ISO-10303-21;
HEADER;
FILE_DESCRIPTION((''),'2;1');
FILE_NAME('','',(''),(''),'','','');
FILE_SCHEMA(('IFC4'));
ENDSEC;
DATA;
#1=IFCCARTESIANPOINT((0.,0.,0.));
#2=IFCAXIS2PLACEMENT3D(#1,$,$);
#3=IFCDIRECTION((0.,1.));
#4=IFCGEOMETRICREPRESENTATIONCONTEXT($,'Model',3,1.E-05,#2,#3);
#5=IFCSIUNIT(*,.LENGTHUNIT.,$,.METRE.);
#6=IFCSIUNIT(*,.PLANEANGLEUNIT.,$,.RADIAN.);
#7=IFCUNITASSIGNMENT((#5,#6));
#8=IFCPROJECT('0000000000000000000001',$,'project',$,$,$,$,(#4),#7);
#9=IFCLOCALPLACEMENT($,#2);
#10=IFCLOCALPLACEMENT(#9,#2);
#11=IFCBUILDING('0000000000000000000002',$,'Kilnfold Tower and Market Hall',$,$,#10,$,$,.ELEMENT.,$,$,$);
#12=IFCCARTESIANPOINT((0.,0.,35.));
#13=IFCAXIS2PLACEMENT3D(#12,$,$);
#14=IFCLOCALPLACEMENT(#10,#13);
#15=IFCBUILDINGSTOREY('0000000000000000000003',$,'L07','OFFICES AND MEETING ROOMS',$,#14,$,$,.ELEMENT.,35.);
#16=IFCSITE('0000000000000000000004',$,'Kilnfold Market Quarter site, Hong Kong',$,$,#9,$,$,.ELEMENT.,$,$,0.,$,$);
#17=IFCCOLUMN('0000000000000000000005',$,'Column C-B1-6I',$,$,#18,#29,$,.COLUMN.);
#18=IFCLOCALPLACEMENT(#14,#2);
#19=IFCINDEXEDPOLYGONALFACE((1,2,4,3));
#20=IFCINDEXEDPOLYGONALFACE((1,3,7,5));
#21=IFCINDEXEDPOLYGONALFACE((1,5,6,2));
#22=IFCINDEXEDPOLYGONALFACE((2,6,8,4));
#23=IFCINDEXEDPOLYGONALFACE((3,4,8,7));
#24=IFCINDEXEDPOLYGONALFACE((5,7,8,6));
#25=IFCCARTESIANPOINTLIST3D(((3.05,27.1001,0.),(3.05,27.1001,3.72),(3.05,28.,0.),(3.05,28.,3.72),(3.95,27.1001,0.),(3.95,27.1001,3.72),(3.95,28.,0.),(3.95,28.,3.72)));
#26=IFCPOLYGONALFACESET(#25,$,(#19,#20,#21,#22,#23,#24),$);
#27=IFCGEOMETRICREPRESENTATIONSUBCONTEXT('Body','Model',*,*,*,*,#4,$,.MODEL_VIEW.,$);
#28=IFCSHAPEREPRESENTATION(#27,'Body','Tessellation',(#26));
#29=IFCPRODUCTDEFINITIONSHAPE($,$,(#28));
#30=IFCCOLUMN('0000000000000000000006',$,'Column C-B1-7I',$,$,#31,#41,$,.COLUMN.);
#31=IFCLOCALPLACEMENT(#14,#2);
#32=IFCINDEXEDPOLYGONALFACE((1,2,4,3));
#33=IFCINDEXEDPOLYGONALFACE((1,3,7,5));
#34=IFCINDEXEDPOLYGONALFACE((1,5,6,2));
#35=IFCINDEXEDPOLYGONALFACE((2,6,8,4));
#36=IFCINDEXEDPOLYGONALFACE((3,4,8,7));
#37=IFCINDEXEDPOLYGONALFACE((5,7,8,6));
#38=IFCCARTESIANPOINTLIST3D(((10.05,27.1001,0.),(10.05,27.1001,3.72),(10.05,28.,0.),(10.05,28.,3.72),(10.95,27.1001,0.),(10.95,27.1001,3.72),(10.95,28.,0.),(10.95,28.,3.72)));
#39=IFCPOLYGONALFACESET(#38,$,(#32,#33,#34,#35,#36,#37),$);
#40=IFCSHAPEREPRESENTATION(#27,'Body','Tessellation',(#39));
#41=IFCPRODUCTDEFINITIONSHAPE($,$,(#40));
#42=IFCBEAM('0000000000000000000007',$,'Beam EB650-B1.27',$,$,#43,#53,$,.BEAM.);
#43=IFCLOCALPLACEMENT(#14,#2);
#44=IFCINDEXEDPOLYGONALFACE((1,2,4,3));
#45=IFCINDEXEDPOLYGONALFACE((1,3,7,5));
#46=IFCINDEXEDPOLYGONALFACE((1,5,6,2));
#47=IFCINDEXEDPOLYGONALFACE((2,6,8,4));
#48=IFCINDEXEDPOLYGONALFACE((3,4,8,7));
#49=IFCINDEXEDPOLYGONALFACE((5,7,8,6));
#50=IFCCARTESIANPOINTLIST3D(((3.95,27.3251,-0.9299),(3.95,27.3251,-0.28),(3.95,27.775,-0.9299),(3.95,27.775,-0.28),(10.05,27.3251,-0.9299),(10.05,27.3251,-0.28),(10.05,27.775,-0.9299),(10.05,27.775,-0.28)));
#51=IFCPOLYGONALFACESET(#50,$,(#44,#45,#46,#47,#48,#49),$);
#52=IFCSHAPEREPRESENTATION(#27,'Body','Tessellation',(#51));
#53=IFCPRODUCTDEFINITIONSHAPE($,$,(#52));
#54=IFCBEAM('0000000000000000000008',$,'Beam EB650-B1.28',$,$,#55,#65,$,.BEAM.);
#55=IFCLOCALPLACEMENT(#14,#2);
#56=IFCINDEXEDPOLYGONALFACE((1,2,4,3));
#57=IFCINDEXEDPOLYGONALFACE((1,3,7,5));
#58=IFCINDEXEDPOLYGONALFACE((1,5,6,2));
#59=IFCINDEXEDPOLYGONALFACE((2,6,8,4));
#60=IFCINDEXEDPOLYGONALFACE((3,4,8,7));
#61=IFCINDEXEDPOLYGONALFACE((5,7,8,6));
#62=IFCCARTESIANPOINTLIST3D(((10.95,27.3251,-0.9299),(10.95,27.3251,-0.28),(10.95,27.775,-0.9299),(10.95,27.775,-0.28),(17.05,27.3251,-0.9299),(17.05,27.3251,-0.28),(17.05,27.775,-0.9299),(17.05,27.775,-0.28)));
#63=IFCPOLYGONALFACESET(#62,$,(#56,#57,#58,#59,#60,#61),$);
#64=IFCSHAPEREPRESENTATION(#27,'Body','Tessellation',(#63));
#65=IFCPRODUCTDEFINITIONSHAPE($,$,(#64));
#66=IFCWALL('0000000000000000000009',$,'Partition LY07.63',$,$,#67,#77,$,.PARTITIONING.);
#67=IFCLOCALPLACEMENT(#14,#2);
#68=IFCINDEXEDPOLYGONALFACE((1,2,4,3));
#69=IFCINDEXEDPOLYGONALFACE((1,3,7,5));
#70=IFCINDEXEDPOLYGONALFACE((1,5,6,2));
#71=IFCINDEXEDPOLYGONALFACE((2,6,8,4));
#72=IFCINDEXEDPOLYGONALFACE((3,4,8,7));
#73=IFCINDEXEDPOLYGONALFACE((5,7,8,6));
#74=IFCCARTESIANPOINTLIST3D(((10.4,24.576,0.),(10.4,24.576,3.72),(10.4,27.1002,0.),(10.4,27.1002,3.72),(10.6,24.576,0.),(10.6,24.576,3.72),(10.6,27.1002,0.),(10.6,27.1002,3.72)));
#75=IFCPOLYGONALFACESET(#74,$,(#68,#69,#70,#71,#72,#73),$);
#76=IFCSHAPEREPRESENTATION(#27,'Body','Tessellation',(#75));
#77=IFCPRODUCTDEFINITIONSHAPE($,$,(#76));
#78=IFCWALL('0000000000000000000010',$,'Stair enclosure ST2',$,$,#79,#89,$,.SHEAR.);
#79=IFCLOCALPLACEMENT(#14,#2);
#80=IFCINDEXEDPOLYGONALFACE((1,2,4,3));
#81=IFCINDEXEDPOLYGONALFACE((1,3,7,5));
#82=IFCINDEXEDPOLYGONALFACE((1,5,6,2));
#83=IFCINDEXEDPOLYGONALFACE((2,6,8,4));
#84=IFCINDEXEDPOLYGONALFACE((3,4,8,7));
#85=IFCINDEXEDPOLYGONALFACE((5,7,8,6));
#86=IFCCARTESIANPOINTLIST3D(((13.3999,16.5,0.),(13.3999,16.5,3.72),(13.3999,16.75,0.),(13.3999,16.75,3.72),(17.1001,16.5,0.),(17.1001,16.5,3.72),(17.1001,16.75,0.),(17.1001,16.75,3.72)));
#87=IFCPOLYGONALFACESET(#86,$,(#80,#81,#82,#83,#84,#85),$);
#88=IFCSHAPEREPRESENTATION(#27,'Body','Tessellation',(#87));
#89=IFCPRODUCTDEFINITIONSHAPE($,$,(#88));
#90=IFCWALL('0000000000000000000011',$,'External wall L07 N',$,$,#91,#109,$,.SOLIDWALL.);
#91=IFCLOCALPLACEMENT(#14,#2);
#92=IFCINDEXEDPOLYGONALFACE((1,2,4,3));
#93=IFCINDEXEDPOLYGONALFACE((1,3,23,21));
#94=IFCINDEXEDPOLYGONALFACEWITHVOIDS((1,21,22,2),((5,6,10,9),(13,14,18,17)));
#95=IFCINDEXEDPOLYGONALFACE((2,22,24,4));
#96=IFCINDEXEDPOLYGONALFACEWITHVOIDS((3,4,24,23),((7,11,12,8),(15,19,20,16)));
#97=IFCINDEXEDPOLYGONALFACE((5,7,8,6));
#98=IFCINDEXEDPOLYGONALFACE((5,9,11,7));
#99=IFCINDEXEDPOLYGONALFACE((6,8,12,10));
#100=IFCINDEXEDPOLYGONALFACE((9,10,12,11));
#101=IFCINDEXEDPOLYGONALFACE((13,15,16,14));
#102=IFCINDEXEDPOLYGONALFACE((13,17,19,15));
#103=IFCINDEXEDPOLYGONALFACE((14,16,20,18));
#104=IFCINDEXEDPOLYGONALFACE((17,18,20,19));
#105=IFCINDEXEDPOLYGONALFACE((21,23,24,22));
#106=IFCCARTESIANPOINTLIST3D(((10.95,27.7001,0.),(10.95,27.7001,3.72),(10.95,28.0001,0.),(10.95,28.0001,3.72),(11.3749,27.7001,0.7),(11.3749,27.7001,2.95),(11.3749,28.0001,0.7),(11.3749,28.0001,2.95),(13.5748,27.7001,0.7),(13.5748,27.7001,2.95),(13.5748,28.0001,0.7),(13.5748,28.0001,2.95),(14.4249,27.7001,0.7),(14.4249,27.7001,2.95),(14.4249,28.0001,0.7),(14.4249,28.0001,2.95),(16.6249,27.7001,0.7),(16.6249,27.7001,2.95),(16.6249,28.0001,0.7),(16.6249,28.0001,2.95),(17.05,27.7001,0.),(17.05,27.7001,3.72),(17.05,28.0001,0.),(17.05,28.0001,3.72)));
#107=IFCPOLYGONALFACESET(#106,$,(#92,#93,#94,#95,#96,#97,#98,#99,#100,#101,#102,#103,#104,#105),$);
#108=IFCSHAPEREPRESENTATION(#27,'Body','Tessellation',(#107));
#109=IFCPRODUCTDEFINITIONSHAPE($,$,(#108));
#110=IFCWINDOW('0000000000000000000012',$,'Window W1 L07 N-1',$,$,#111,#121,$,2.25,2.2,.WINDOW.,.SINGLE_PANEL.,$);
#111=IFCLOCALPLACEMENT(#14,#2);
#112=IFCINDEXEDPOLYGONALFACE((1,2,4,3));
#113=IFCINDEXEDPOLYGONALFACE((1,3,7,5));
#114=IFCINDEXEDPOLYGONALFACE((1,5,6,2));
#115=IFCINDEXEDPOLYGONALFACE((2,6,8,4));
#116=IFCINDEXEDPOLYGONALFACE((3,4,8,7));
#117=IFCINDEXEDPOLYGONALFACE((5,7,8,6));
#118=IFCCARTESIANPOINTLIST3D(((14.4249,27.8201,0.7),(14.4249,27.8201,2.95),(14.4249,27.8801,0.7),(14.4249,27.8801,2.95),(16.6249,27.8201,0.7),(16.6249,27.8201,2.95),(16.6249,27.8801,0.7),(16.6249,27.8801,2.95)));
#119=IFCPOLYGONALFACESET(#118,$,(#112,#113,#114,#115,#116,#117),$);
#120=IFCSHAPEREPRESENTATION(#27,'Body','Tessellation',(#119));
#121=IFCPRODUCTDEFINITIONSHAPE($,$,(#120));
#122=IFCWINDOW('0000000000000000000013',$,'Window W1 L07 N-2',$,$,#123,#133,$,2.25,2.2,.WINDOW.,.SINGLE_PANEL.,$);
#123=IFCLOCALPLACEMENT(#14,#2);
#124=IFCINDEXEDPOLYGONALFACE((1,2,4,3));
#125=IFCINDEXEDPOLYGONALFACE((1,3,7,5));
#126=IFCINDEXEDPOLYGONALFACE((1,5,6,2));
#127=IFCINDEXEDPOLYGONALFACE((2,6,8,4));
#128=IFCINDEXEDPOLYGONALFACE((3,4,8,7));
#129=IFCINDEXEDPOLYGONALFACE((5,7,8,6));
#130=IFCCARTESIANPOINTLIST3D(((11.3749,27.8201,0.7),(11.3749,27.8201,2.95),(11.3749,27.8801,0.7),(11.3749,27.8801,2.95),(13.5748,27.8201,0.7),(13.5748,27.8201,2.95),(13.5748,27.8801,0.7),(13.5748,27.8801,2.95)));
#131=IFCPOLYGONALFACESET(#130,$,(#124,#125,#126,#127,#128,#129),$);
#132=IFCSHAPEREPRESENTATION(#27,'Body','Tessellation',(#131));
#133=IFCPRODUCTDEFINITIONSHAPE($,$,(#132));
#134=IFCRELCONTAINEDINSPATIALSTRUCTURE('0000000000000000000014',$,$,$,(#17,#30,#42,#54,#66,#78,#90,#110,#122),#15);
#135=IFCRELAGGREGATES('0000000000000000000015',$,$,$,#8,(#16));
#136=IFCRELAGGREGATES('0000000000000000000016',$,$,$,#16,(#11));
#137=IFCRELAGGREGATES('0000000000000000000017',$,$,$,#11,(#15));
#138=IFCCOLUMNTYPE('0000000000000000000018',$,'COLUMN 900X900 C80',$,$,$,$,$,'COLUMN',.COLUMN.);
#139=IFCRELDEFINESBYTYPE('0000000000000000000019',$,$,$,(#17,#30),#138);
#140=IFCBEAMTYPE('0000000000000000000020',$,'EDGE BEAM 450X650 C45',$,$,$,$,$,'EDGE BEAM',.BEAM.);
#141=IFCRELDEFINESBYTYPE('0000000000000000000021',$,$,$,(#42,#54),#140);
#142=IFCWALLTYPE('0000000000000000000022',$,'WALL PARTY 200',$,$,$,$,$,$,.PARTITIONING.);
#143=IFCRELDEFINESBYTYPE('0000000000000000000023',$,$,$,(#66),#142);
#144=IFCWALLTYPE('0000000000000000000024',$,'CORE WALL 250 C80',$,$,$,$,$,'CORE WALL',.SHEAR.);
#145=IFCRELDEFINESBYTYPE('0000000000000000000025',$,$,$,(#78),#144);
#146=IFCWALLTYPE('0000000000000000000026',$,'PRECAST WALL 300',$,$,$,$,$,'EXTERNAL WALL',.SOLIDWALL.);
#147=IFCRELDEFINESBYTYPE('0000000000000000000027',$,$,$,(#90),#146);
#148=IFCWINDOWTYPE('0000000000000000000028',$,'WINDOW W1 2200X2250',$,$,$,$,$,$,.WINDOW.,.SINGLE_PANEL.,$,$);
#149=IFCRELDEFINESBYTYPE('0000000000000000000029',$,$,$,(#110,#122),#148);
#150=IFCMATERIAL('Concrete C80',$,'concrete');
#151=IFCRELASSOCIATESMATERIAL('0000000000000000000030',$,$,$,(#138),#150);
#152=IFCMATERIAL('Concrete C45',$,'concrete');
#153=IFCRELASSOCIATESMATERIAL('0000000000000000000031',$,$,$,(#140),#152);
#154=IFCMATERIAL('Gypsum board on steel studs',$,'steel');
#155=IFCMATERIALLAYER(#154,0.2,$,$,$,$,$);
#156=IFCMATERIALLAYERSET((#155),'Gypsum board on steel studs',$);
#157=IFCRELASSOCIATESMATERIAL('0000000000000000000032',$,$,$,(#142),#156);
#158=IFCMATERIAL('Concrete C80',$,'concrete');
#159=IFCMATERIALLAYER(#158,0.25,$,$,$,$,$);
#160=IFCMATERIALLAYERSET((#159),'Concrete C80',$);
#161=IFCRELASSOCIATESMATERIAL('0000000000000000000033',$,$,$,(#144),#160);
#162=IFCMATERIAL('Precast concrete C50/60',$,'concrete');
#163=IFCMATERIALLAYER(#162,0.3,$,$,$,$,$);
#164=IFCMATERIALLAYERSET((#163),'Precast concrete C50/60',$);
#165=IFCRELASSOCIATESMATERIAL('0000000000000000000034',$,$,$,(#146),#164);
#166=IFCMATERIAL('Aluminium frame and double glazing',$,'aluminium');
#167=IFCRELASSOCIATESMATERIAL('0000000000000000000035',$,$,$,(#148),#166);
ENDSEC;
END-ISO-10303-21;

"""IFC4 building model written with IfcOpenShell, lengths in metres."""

from ifc_helpers import new_model, si_unit, direction, frame, frame_2d, origin, origin_2d, place, context, subcontext, project, spatial, rectangle, extrude, source, transform, mapped, material, layer, layer_set, material_profile, profile_set, type_object, element, fill, save


model = new_model("IFC4")

# Units and contexts
model_context = context("Model", 3, precision=1e-05, world=origin(), true_north=direction((0.0, 1.0)))
body_context = subcontext(model_context, "Body", "Model", "MODEL_VIEW")
ifc_project = project(units=[si_unit("LENGTHUNIT", "METRE"), si_unit("PLANEANGLEUNIT", "RADIAN")], contexts=[model_context])

# Site, building, storey
site_placement = place(None, origin())
site = spatial("IfcSite", under=ifc_project, at=site_placement, Name="Kilnfold Market Quarter site, Hong Kong", CompositionType="ELEMENT", RefElevation=0.0)
building_placement = place(site_placement, origin())
building = spatial("IfcBuilding", under=site, at=building_placement, Name="Kilnfold Tower and Market Hall", CompositionType="ELEMENT")
storey_placement = place(building_placement, frame((0.0, 0.0, 35.0)))
storey = spatial("IfcBuildingStorey", under=building, at=storey_placement, Name="L07", Description="OFFICES AND MEETING ROOMS", CompositionType="ELEMENT", Elevation=35.0)

# Columns
ifc_material_1 = material(Name="Concrete C80", Category="concrete")
ifc_material_profile_1 = material_profile(ifc_material_1, rectangle(XDim=0.8999, YDim=0.8999, at=origin_2d()), Name="RC 900x900")
ifc_profile_set_1 = profile_set([ifc_material_profile_1], Name="Concrete C80")
column_type = type_object("IfcColumnType", Name="COLUMN 900X900 C80", ElementType="COLUMN", PredefinedType="COLUMN", material=ifc_profile_set_1)
shared_shape_1 = source(origin(), body_context, "Body", "SweptSolid", [
    extrude(rectangle(XDim=0.8999, YDim=0.8999, at=origin_2d()), origin(), (0.0, 0.0, 1.0), 3.72),
])
for number, where, z_axis, x_axis, name in (
    (1, (3.5, 27.55, 0.0), (0.0, 0.0, 1.0), (1.0, 0.0, 0.0), "Column C-B1-6I"),
    (2, (10.5, 27.55, 0.0), (0.0, 0.0, 1.0), (1.0, 0.0, 0.0), "Column C-B1-7I"),
):
    element("IfcColumn", number, at=place(storey_placement, frame(where, z_axis=z_axis, x_axis=x_axis)), inside=storey, type_object=column_type, Name=name, PredefinedType="COLUMN", context=body_context, shape_type="MappedRepresentation", body=[
        mapped(shared_shape_1, transform((0.0, 0.0, 0.0))),
    ])

# Beams
ifc_material_2 = material(Name="Concrete C45", Category="concrete")
ifc_material_profile_2 = material_profile(ifc_material_2, rectangle(XDim=0.45, YDim=0.6499, at=origin_2d()), Name="RC 450x650")
ifc_profile_set_2 = profile_set([ifc_material_profile_2], Name="Concrete C45")
beam_type = type_object("IfcBeamType", Name="EDGE BEAM 450X650 C45", ElementType="EDGE BEAM", PredefinedType="BEAM", material=ifc_profile_set_2)
shared_shape_2 = source(origin(), body_context, "Body", "SweptSolid", [
    extrude(rectangle(XDim=0.45, YDim=0.6499, at=origin_2d()), origin(), (0.0, 0.0, 1.0), 6.1001),
])
for number, where, z_axis, x_axis, name in (
    (3, (3.95, 27.55, -0.605), (1.0, 0.0, 0.0), (0.0, 1.0, 0.0), "Beam EB650-B1.27"),
    (4, (10.95, 27.55, -0.605), (1.0, 0.0, 0.0), (0.0, 1.0, 0.0), "Beam EB650-B1.28"),
):
    element("IfcBeam", number, at=place(storey_placement, frame(where, z_axis=z_axis, x_axis=x_axis)), inside=storey, type_object=beam_type, Name=name, PredefinedType="BEAM", context=body_context, shape_type="MappedRepresentation", body=[
        mapped(shared_shape_2, transform((0.0, 0.0, 0.0))),
    ])

# Walls
ifc_material_3 = material(Name="Gypsum board on steel studs", Category="steel")
ifc_layer_1 = layer(ifc_material_3, 0.2)
ifc_layer_set_1 = layer_set([ifc_layer_1], Name="Gypsum board on steel studs")
wall_type_1 = type_object("IfcWallType", Name="WALL PARTY 200", PredefinedType="PARTITIONING", material=ifc_layer_set_1)
wall_1_placement = place(storey_placement, frame((10.5, 24.5759, 0.0), z_axis=(0.0, 0.0, 1.0), x_axis=(0.0, 1.0, 0.0)))
element("IfcWall", 5, at=wall_1_placement, inside=storey, type_object=wall_type_1, Name="Partition LY07.63", PredefinedType="PARTITIONING", context=body_context, shape_type="SweptSolid", body=[
    extrude(rectangle(XDim=2.5242, YDim=0.2, at=frame_2d((1.2622, 0.0))), origin(), (0.0, 0.0, 1.0), 3.72),
])
ifc_material_4 = material(Name="Concrete C80", Category="concrete")
ifc_layer_2 = layer(ifc_material_4, 0.25)
ifc_layer_set_2 = layer_set([ifc_layer_2], Name="Concrete C80")
wall_type_2 = type_object("IfcWallType", Name="CORE WALL 250 C80", ElementType="CORE WALL", PredefinedType="SHEAR", material=ifc_layer_set_2)
shared_shape_3 = source(origin(), body_context, "Body", "SweptSolid", [
    extrude(rectangle(XDim=3.7002, YDim=0.25, at=frame_2d((1.8501, 0.0))), origin(), (0.0, 0.0, 1.0), 3.72),
])
wall_2_placement = place(storey_placement, frame((13.3999, 16.625, 0.0), z_axis=(0.0, 0.0, 1.0), x_axis=(1.0, 0.0, 0.0)))
element("IfcWall", 6, at=wall_2_placement, inside=storey, type_object=wall_type_2, Name="Stair enclosure ST2", PredefinedType="SHEAR", context=body_context, shape_type="MappedRepresentation", body=[
    mapped(shared_shape_3, transform((0.0, 0.0, 0.0))),
])

# Wall, openings, windows
ifc_material_5 = material(Name="Precast concrete C50/60", Category="concrete")
ifc_layer_3 = layer(ifc_material_5, 0.3)
ifc_layer_set_3 = layer_set([ifc_layer_3], Name="Precast concrete C50/60")
wall_type_3 = type_object("IfcWallType", Name="PRECAST WALL 300", ElementType="EXTERNAL WALL", PredefinedType="SOLIDWALL", material=ifc_layer_set_3)
shared_shape_4 = source(origin(), body_context, "Body", "SweptSolid", [
    extrude(rectangle(XDim=6.1001, YDim=0.3, at=frame_2d((3.05, 0.0))), origin(), (0.0, 0.0, 1.0), 3.72),
])
wall_3_placement = place(storey_placement, frame((17.05, 27.8501, 0.0), z_axis=(0.0, 0.0, 1.0), x_axis=(-1.0, 0.0, 0.0)))
wall_3 = element("IfcWall", 7, at=wall_3_placement, inside=storey, type_object=wall_type_3, Name="External wall L07 N", PredefinedType="SOLIDWALL", context=body_context, shape_type="MappedRepresentation", body=[
    mapped(shared_shape_4, transform((0.0, 0.0, 0.0))),
])
opening_1_placement = place(wall_3_placement, frame((0.425, 0.0, 0.7)))
opening_1 = element("IfcOpeningElement", 8, at=opening_1_placement, cuts=wall_3, PredefinedType="OPENING", context=body_context, shape_type="SweptSolid", body=[
    extrude(rectangle(XDim=2.2, YDim=2.25, at=frame_2d((1.1001, 1.125))), frame((0.0, 0.1602, 0.0), z_axis=(0.0, -1.0, 0.0), x_axis=(1.0, 0.0, 0.0)), (0.0, 0.0, 1.0), 0.3201),
])
opening_2_placement = place(wall_3_placement, frame((3.4751, 0.0, 0.7)))
opening_2 = element("IfcOpeningElement", 9, at=opening_2_placement, cuts=wall_3, PredefinedType="OPENING", context=body_context, shape_type="SweptSolid", body=[
    extrude(rectangle(XDim=2.2, YDim=2.25, at=frame_2d((1.1001, 1.125))), frame((0.0, 0.1602, 0.0), z_axis=(0.0, -1.0, 0.0), x_axis=(1.0, 0.0, 0.0)), (0.0, 0.0, 1.0), 0.3201),
])
ifc_material_6 = material(Name="Aluminium frame and double glazing", Category="aluminium")
window_type = type_object("IfcWindowType", Name="WINDOW W1 2200X2250", PartitioningType="SINGLE_PANEL", PredefinedType="WINDOW", material=ifc_material_6)
window_1_placement = place(opening_1_placement, origin())
window_1 = element("IfcWindow", 10, at=window_1_placement, inside=storey, type_object=window_type, Name="Window W1 L07 N-1", OverallHeight=2.25, OverallWidth=2.2, PartitioningType="SINGLE_PANEL", PredefinedType="WINDOW", context=body_context, shape_type="SweptSolid", body=[
    extrude(rectangle(XDim=2.2, YDim=2.25, at=frame_2d((1.1001, 1.125))), frame((0.0, 0.03, 0.0), z_axis=(0.0, -1.0, 0.0), x_axis=(1.0, 0.0, 0.0)), (0.0, 0.0, 1.0), 0.0601),
])
fill(opening_1, window_1)
window_2_placement = place(opening_2_placement, origin())
window_2 = element("IfcWindow", 11, at=window_2_placement, inside=storey, type_object=window_type, Name="Window W1 L07 N-2", OverallHeight=2.25, OverallWidth=2.2, PartitioningType="SINGLE_PANEL", PredefinedType="WINDOW", context=body_context, shape_type="SweptSolid", body=[
    extrude(rectangle(XDim=2.2, YDim=2.25, at=frame_2d((1.1001, 1.125))), frame((0.0, 0.03, 0.0), z_axis=(0.0, -1.0, 0.0), x_axis=(1.0, 0.0, 0.0)), (0.0, 0.0, 1.0), 0.0601),
])
fill(opening_2, window_2)

save(model, "model.ifc")
